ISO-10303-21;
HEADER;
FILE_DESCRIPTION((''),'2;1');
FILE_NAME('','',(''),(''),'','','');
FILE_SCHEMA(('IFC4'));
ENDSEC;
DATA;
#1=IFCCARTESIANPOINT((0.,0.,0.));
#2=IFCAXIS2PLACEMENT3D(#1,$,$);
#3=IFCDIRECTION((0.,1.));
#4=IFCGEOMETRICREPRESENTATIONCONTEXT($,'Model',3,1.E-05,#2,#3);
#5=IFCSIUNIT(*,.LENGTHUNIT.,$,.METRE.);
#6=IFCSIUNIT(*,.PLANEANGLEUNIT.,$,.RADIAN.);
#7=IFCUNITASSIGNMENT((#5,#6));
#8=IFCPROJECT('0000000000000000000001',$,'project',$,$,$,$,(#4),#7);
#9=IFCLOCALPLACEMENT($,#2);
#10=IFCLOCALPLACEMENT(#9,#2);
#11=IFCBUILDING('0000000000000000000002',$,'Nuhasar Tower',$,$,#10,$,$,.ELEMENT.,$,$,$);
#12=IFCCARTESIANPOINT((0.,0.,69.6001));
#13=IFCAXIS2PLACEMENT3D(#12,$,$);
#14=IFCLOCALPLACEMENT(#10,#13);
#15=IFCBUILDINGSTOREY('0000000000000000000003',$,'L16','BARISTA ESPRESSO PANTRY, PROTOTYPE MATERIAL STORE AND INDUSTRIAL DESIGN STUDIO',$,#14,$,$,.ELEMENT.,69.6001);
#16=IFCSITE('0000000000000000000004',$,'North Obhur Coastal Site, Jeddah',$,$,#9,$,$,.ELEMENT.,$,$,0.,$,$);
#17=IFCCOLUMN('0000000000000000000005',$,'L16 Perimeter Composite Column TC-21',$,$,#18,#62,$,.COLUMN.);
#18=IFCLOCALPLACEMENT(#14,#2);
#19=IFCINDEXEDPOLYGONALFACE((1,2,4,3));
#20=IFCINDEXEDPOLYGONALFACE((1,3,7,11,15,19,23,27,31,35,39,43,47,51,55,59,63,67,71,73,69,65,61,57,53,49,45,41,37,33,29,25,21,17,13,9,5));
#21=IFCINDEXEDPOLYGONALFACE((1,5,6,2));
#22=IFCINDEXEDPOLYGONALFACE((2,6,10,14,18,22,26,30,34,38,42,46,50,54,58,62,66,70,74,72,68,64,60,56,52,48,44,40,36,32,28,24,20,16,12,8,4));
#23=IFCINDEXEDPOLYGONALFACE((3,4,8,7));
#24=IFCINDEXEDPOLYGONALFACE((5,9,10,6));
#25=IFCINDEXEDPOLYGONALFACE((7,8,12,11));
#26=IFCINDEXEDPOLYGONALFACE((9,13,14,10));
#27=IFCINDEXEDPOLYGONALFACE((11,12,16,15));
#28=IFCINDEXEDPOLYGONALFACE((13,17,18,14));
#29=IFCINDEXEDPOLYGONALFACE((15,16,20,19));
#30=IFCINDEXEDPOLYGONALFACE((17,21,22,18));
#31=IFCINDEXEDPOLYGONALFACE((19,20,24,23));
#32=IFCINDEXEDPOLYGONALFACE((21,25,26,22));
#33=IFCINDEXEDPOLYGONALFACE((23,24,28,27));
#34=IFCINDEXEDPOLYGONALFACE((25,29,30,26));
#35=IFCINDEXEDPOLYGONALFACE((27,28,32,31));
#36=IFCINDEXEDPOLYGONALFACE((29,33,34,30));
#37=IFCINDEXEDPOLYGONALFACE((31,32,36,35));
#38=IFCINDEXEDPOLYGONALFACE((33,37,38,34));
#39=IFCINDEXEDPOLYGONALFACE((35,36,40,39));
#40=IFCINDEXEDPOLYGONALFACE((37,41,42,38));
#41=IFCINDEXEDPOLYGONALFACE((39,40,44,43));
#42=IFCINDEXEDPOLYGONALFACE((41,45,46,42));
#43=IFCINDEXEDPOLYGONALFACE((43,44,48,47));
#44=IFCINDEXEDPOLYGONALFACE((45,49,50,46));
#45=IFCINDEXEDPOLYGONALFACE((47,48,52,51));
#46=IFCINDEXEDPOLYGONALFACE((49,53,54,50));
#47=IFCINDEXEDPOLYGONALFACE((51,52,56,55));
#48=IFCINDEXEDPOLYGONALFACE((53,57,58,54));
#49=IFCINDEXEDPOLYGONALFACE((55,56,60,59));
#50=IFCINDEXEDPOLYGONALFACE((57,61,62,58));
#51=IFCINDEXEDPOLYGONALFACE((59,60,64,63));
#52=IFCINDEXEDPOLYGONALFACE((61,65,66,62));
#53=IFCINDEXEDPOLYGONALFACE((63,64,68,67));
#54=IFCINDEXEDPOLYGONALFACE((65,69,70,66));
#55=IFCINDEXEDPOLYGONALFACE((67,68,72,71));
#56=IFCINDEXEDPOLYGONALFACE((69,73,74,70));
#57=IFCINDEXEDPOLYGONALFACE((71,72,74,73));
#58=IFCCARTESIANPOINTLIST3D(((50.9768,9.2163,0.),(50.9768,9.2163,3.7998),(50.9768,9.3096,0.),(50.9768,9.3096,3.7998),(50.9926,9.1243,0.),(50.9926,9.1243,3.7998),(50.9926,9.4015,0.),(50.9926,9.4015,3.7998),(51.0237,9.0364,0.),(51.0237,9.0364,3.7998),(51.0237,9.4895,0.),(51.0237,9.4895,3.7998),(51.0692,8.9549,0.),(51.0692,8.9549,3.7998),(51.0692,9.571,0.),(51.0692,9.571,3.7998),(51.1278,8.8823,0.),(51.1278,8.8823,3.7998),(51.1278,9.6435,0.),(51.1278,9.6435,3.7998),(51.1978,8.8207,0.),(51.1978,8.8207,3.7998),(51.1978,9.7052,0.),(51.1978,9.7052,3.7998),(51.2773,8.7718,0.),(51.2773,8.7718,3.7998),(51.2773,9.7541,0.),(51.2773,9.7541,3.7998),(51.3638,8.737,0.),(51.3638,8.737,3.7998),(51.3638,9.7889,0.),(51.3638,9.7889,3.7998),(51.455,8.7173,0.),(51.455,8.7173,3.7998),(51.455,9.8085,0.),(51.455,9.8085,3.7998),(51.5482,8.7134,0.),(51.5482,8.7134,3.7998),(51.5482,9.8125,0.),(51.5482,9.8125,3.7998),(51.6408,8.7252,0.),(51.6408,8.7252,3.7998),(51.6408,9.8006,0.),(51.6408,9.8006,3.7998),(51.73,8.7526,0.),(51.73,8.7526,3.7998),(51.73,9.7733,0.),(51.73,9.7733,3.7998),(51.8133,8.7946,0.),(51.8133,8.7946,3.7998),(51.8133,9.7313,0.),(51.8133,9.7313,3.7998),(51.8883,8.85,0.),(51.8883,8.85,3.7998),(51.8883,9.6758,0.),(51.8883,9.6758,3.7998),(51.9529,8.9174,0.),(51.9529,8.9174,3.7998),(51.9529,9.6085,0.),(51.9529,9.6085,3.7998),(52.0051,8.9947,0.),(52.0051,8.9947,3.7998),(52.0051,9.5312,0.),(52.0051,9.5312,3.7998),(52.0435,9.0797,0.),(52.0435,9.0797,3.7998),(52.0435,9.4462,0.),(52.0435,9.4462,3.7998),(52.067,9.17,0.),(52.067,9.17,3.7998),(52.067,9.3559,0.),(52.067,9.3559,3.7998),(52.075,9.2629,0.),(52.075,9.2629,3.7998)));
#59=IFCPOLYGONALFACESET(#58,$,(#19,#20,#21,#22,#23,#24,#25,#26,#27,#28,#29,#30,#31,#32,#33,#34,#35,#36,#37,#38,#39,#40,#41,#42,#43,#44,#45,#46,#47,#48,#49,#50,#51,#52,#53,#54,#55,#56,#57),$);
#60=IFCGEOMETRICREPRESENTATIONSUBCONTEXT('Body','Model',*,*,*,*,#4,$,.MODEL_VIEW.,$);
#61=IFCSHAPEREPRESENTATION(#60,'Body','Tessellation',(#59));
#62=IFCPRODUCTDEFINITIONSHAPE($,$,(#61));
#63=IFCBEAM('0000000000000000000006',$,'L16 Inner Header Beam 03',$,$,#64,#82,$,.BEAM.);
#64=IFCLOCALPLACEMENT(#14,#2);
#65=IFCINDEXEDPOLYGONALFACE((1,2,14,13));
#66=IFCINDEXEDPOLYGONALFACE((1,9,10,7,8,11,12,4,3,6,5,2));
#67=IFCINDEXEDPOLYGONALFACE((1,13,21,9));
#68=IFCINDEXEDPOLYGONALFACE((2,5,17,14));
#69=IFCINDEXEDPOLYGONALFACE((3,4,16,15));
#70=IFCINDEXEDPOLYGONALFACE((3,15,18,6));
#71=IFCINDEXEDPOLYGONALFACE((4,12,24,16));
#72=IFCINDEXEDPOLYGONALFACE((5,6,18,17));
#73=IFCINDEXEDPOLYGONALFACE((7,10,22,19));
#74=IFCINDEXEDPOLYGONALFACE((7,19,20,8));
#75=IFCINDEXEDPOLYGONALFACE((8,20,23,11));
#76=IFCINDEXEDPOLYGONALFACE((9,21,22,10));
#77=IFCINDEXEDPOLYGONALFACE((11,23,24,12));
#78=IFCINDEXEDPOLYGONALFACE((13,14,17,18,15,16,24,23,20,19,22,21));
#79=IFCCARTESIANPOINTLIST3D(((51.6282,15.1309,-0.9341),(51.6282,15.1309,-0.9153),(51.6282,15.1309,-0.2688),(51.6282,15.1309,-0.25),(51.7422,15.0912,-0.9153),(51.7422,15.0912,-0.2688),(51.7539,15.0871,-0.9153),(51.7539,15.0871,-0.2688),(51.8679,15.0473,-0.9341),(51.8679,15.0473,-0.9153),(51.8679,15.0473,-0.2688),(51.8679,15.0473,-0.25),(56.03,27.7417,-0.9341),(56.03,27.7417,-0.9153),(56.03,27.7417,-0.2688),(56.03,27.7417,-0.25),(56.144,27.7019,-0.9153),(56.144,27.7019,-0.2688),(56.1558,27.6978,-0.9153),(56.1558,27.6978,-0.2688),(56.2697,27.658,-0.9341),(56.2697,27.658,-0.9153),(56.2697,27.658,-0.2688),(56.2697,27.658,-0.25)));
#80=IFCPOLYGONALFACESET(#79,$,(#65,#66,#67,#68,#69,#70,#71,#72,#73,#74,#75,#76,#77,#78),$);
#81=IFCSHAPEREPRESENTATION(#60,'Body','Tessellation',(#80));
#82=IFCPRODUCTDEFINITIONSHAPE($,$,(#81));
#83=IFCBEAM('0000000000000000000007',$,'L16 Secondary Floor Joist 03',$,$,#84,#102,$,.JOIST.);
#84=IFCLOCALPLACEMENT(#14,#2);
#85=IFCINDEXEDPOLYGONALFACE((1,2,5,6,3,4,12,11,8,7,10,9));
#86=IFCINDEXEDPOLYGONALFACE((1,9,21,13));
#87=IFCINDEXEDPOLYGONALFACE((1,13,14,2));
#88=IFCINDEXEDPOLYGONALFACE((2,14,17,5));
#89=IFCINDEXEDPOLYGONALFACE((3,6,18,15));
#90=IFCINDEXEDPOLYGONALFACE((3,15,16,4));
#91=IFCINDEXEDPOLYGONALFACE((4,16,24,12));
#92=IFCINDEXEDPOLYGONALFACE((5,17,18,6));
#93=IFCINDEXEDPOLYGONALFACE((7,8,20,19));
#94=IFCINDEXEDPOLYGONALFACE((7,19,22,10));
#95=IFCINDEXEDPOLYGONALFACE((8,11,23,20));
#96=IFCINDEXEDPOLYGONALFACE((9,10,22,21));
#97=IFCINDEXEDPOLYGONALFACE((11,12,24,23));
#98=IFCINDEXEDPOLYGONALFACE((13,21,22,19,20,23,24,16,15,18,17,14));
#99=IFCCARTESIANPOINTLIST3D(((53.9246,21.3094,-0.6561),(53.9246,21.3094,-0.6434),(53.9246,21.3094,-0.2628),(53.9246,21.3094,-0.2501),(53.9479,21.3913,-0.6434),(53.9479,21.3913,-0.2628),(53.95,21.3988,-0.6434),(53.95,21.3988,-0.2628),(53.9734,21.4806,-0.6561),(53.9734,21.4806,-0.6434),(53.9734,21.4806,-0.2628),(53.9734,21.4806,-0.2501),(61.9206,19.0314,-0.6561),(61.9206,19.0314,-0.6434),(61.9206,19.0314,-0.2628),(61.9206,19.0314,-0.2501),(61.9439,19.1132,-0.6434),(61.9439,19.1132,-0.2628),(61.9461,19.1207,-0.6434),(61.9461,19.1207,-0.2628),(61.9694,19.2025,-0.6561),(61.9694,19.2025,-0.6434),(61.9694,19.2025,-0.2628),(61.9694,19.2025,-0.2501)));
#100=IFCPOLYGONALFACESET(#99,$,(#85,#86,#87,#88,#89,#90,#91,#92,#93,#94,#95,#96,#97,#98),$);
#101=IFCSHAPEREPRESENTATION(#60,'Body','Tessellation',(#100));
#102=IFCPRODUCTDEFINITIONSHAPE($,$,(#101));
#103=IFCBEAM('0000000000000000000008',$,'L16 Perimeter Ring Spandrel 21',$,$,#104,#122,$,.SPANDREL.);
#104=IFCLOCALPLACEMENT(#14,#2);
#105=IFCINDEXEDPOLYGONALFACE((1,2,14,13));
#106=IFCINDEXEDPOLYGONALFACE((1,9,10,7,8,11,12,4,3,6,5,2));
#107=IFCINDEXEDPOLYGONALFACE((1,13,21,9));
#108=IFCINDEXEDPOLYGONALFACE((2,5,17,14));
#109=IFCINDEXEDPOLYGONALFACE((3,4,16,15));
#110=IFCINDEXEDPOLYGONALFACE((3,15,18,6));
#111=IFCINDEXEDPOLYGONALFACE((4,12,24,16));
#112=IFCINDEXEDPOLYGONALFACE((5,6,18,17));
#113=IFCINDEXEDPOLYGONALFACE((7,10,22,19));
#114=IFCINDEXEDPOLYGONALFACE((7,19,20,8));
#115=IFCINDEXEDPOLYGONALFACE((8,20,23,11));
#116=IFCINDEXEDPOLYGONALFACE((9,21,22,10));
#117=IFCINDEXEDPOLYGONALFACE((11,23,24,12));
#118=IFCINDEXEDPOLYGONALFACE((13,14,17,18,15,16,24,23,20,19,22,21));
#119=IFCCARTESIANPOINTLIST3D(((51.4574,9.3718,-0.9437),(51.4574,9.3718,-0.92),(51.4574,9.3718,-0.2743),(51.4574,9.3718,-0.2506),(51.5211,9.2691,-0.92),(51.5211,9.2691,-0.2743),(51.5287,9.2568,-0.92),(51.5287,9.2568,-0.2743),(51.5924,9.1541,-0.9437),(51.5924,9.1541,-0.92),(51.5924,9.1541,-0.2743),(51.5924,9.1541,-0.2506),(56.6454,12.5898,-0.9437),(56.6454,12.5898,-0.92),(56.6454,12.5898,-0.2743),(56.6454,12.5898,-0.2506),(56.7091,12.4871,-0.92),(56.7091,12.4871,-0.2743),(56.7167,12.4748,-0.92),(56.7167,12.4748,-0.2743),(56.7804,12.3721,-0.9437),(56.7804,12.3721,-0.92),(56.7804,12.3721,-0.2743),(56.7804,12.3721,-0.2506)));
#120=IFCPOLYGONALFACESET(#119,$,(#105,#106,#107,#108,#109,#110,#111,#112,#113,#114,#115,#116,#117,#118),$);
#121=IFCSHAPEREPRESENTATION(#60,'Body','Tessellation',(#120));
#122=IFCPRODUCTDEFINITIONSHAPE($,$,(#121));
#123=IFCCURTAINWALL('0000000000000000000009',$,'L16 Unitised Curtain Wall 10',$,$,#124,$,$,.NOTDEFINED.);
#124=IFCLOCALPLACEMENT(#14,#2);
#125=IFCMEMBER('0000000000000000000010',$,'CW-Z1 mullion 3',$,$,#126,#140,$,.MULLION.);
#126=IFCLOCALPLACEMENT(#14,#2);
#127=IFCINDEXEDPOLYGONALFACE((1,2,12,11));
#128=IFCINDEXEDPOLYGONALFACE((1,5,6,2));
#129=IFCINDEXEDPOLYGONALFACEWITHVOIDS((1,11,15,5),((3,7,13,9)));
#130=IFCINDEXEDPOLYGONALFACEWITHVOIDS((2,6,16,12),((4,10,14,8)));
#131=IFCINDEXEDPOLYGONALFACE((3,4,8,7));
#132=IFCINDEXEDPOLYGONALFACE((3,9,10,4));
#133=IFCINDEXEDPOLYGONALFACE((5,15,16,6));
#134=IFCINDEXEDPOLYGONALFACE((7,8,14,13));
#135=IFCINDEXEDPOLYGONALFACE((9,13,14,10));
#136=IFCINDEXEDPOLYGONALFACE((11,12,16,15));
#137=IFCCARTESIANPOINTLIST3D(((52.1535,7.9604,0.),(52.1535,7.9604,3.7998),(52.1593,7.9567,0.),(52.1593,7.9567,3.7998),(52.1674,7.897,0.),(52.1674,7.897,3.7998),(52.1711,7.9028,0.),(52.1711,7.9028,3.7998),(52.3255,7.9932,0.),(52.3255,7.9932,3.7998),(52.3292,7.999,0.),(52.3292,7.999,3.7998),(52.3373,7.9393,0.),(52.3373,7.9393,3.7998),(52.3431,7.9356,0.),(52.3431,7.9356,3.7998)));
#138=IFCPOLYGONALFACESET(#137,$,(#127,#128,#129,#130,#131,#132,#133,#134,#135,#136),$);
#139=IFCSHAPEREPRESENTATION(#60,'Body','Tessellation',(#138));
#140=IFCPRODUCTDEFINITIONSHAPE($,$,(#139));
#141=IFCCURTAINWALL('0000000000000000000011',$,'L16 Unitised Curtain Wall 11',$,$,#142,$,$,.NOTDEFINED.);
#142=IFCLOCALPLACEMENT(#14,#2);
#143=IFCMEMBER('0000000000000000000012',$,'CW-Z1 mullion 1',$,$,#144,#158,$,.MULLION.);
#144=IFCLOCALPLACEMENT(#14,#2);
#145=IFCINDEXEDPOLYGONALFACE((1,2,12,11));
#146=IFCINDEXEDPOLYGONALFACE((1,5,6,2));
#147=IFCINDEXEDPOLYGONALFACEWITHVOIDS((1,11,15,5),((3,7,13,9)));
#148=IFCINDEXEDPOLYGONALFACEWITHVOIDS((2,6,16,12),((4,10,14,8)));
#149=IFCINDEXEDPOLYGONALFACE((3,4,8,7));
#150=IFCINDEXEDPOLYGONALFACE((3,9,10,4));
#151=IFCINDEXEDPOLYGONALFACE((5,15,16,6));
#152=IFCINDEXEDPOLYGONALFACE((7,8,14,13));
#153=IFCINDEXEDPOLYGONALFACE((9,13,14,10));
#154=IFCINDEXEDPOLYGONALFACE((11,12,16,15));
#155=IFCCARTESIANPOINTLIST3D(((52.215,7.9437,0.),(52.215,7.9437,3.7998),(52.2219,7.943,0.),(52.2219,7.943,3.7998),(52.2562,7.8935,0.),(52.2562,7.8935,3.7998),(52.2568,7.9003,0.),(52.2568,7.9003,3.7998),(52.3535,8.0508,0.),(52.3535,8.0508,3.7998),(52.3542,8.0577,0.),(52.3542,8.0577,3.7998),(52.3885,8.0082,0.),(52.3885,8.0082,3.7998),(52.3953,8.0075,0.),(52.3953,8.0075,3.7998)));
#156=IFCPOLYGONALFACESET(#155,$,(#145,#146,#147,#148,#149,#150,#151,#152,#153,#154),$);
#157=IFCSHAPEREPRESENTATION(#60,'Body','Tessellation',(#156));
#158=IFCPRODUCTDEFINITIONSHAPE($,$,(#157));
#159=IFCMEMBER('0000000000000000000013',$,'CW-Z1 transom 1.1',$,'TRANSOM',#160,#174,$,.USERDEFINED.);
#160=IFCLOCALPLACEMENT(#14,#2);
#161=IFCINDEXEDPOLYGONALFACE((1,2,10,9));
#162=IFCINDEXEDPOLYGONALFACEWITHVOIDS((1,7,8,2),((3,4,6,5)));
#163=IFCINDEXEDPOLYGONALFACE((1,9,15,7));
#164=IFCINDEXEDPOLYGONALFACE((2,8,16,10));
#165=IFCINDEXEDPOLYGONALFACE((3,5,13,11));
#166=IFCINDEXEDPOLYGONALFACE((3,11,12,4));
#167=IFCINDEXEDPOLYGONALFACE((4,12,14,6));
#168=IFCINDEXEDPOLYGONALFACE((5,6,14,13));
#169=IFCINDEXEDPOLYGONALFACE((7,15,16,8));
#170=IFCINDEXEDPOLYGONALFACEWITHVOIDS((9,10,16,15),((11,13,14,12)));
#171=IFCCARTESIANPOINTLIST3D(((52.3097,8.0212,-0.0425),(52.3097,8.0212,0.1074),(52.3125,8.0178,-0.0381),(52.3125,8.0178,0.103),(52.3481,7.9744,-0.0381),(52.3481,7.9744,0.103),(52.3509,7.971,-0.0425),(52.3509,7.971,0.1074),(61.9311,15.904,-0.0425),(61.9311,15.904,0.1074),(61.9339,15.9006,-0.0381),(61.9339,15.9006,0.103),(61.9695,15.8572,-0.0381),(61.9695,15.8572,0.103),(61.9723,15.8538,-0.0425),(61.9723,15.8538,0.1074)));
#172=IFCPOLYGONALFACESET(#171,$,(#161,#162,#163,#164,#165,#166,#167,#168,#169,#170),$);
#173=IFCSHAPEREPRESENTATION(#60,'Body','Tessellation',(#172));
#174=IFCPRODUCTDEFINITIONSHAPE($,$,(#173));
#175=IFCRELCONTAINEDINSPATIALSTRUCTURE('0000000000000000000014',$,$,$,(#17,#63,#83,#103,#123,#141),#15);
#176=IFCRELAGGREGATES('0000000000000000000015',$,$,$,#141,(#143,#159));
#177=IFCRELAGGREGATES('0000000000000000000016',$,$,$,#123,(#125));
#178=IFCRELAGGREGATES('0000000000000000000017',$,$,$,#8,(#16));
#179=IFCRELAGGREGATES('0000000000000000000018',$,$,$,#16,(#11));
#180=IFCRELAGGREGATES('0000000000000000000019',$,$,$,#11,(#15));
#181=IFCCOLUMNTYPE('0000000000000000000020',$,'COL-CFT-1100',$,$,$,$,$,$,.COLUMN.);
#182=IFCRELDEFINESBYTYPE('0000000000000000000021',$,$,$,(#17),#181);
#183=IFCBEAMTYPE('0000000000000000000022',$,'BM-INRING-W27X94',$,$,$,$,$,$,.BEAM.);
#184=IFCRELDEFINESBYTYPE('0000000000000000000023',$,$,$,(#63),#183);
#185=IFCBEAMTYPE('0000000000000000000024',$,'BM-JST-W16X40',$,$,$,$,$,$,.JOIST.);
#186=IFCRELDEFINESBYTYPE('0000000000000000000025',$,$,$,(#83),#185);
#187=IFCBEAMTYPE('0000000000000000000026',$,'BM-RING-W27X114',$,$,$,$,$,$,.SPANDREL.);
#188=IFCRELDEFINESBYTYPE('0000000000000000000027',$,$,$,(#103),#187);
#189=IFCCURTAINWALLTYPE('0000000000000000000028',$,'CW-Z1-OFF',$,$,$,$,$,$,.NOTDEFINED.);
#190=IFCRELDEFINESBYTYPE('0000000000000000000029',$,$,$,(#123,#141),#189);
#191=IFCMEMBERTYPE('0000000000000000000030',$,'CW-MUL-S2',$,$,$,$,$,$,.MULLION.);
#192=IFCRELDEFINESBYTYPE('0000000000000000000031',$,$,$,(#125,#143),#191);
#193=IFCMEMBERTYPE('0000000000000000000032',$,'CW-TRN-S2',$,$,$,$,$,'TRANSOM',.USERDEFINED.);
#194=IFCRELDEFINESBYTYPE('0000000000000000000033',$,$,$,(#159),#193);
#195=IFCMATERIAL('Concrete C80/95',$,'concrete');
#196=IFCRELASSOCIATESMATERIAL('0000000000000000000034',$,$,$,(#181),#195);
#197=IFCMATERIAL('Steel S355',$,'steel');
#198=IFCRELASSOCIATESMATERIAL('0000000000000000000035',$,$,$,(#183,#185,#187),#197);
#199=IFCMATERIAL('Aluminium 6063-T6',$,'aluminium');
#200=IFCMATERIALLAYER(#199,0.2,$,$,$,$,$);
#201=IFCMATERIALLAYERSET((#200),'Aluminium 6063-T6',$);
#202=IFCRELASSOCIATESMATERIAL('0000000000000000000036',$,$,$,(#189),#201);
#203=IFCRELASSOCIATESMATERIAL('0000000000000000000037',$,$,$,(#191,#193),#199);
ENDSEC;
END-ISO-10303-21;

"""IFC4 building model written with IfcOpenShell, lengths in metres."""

from ifc_helpers import new_model, si_unit, direction, frame, origin, origin_2d, place, context, subcontext, project, spatial, hollow_rectangle, circle, i_section, extrude, material, layer, layer_set, material_profile, profile_set, type_object, element, aggregate, save


model = new_model("IFC4")

# Units and contexts
model_context = context("Model", 3, precision=1e-05, world=origin(), true_north=direction((0.0, 1.0)))
body_context = subcontext(model_context, "Body", "Model", "MODEL_VIEW")
ifc_project = project(units=[si_unit("LENGTHUNIT", "METRE"), si_unit("PLANEANGLEUNIT", "RADIAN")], contexts=[model_context])

# Site, building, storey
site_placement = place(None, origin())
site = spatial("IfcSite", under=ifc_project, at=site_placement, Name="North Obhur Coastal Site, Jeddah", CompositionType="ELEMENT", RefElevation=0.0)
building_placement = place(site_placement, origin())
building = spatial("IfcBuilding", under=site, at=building_placement, Name="Nuhasar Tower", CompositionType="ELEMENT")
storey_placement = place(building_placement, frame((0.0, 0.0, 69.6001)))
storey = spatial("IfcBuildingStorey", under=building, at=storey_placement, Name="L16", Description="BARISTA ESPRESSO PANTRY, PROTOTYPE MATERIAL STORE AND INDUSTRIAL DESIGN STUDIO", CompositionType="ELEMENT", Elevation=69.6001)

# Column
ifc_material_1 = material(Name="Concrete C80/95", Category="concrete")
ifc_material_profile_1 = material_profile(ifc_material_1, circle(Radius=0.55, at=origin_2d()), Name="CFT1100")
ifc_profile_set_1 = profile_set([ifc_material_profile_1], Name="Concrete C80/95")
column_type = type_object("IfcColumnType", Name="COL-CFT-1100", PredefinedType="COLUMN", material=ifc_profile_set_1)
column_placement = place(storey_placement, frame((51.5249, 9.2629, 0.0), z_axis=(0.0, 0.0, 1.0), x_axis=(1.0, 0.0, 0.0)))
element("IfcColumn", 1, at=column_placement, inside=storey, type_object=column_type, Name="L16 Perimeter Composite Column TC-21", PredefinedType="COLUMN", context=body_context, shape_type="SweptSolid", body=[
    extrude(circle(Radius=0.55, at=origin_2d()), origin(), (0.0, 0.0, 1.0), 3.7998),
])

# Beams
ifc_material_2 = material(Name="Steel S355", Category="steel")
ifc_material_profile_2 = material_profile(ifc_material_2, i_section(OverallWidth=0.2539, OverallDepth=0.6841, WebThickness=0.0125, FlangeThickness=0.0188, at=origin_2d()), Name="W27X94")
ifc_profile_set_2 = profile_set([ifc_material_profile_2], Name="Steel S355")
beam_type_1 = type_object("IfcBeamType", Name="BM-INRING-W27X94", PredefinedType="BEAM", material=ifc_profile_set_2)
beam_1_placement = place(storey_placement, frame((51.748, 15.0891, -0.592), z_axis=(0.329554, 0.944137, 0.0), x_axis=(-0.944137, 0.329554, 0.0)))
element("IfcBeam", 2, at=beam_1_placement, inside=storey, type_object=beam_type_1, Name="L16 Inner Header Beam 03", PredefinedType="BEAM", context=body_context, shape_type="SweptSolid", body=[
    extrude(i_section(OverallWidth=0.2539, OverallDepth=0.6841, WebThickness=0.0125, FlangeThickness=0.0188, at=origin_2d()), origin(), (0.0, 0.0, 1.0), 13.3569),
])
ifc_material_profile_3 = material_profile(ifc_material_2, i_section(OverallWidth=0.178, OverallDepth=0.406, WebThickness=0.0078, FlangeThickness=0.0127, at=origin_2d()), Name="W16X40")
ifc_profile_set_3 = profile_set([ifc_material_profile_3], Name="Steel S355")
beam_type_2 = type_object("IfcBeamType", Name="BM-JST-W16X40", PredefinedType="JOIST", material=ifc_profile_set_3)
beam_2_placement = place(storey_placement, frame((53.949, 21.395, -0.4531), z_axis=(0.961731, -0.273996, 0.0), x_axis=(0.273996, 0.961731, 0.0)))
element("IfcBeam", 3, at=beam_2_placement, inside=storey, type_object=beam_type_2, Name="L16 Secondary Floor Joist 03", PredefinedType="JOIST", context=body_context, shape_type="SweptSolid", body=[
    extrude(i_section(OverallWidth=0.178, OverallDepth=0.406, WebThickness=0.0078, FlangeThickness=0.0127, at=origin_2d()), origin(), (0.0, 0.0, 1.0), 8.3142),
])
ifc_material_profile_4 = material_profile(ifc_material_2, i_section(OverallWidth=0.2561, OverallDepth=0.6931, WebThickness=0.0144, FlangeThickness=0.0237, at=origin_2d()), Name="W27X114")
ifc_profile_set_4 = profile_set([ifc_material_profile_4], Name="Steel S355")
beam_type_3 = type_object("IfcBeamType", Name="BM-RING-W27X114", PredefinedType="SPANDREL", material=ifc_profile_set_4)
beam_3_placement = place(storey_placement, frame((51.5249, 9.2629, -0.5972), z_axis=(0.849795, 0.527113, 0.0), x_axis=(-0.527113, 0.849795, 0.0)))
element("IfcBeam", 4, at=beam_3_placement, inside=storey, type_object=beam_type_3, Name="L16 Perimeter Ring Spandrel 21", PredefinedType="SPANDREL", context=body_context, shape_type="SweptSolid", body=[
    extrude(i_section(OverallWidth=0.2561, OverallDepth=0.6931, WebThickness=0.0144, FlangeThickness=0.0237, at=origin_2d()), origin(), (0.0, 0.0, 1.0), 6.105),
])

# Curtain wall, member
ifc_material_3 = material(Name="Aluminium 6063-T6", Category="aluminium")
ifc_layer_1 = layer(ifc_material_3, 0.2)
ifc_layer_set_1 = layer_set([ifc_layer_1], Name="Aluminium 6063-T6")
curtain_wall_type = type_object("IfcCurtainWallType", Name="CW-Z1-OFF", PredefinedType="NOTDEFINED", material=ifc_layer_set_1)
curtain_wall_1_placement = place(storey_placement, origin())
curtain_wall_1 = element("IfcCurtainWall", 5, at=curtain_wall_1_placement, inside=storey, type_object=curtain_wall_type, Name="L16 Unitised Curtain Wall 10", PredefinedType="NOTDEFINED")
ifc_material_profile_5 = material_profile(ifc_material_3, hollow_rectangle(XDim=0.0649, YDim=0.1799, WallThickness=0.0049, at=origin_2d()), Name="CWM-2")
ifc_profile_set_5 = profile_set([ifc_material_profile_5], Name="Aluminium 6063-T6")
member_type_1 = type_object("IfcMemberType", Name="CW-MUL-S2", PredefinedType="MULLION", material=ifc_profile_set_5)
member_1_placement = place(storey_placement, frame((52.2483, 7.948, 0.0), z_axis=(0.0, 0.0, 1.0), x_axis=(-0.214399, 0.976746, 0.0)))
member_1 = element("IfcMember", 6, at=member_1_placement, type_object=member_type_1, Name="CW-Z1 mullion 3", PredefinedType="MULLION", context=body_context, shape_type="SweptSolid", body=[
    extrude(hollow_rectangle(XDim=0.0649, YDim=0.1799, WallThickness=0.0049, at=origin_2d()), origin(), (0.0, 0.0, 1.0), 3.7998),
])

# Curtain wall, members
curtain_wall_2_placement = place(storey_placement, origin())
curtain_wall_2 = element("IfcCurtainWall", 7, at=curtain_wall_2_placement, inside=storey, type_object=curtain_wall_type, Name="L16 Unitised Curtain Wall 11", PredefinedType="NOTDEFINED")
member_2_placement = place(storey_placement, frame((52.3052, 7.9756, 0.0), z_axis=(0.0, 0.0, 1.0), x_axis=(-0.633745, 0.773542, 0.0)))
member_2 = element("IfcMember", 8, at=member_2_placement, type_object=member_type_1, Name="CW-Z1 mullion 1", PredefinedType="MULLION", context=body_context, shape_type="SweptSolid", body=[
    extrude(hollow_rectangle(XDim=0.0649, YDim=0.1799, WallThickness=0.0049, at=origin_2d()), origin(), (0.0, 0.0, 1.0), 3.7998),
])
ifc_material_profile_6 = material_profile(ifc_material_3, hollow_rectangle(XDim=0.0649, YDim=0.1499, WallThickness=0.0044, at=origin_2d()), Name="CWT-2")
ifc_profile_set_6 = profile_set([ifc_material_profile_6], Name="Aluminium 6063-T6")
member_type_2 = type_object("IfcMemberType", Name="CW-TRN-S2", ElementType="TRANSOM", PredefinedType="USERDEFINED", material=ifc_profile_set_6)
member_3_placement = place(storey_placement, frame((52.3303, 7.9961, 0.0325), z_axis=(0.773531, 0.633758, 0.0), x_axis=(-0.633758, 0.773531, 0.0)))
member_3 = element("IfcMember", 9, at=member_3_placement, type_object=member_type_2, Name="CW-Z1 transom 1.1", ObjectType="TRANSOM", PredefinedType="USERDEFINED", context=body_context, shape_type="SweptSolid", body=[
    extrude(hollow_rectangle(XDim=0.0649, YDim=0.1499, WallThickness=0.0044, at=origin_2d()), origin(), (0.0, 0.0, 1.0), 12.4382),
])
aggregate(curtain_wall_2, [member_2, member_3])

aggregate(curtain_wall_1, [member_1])

save(model, "model.ifc")
